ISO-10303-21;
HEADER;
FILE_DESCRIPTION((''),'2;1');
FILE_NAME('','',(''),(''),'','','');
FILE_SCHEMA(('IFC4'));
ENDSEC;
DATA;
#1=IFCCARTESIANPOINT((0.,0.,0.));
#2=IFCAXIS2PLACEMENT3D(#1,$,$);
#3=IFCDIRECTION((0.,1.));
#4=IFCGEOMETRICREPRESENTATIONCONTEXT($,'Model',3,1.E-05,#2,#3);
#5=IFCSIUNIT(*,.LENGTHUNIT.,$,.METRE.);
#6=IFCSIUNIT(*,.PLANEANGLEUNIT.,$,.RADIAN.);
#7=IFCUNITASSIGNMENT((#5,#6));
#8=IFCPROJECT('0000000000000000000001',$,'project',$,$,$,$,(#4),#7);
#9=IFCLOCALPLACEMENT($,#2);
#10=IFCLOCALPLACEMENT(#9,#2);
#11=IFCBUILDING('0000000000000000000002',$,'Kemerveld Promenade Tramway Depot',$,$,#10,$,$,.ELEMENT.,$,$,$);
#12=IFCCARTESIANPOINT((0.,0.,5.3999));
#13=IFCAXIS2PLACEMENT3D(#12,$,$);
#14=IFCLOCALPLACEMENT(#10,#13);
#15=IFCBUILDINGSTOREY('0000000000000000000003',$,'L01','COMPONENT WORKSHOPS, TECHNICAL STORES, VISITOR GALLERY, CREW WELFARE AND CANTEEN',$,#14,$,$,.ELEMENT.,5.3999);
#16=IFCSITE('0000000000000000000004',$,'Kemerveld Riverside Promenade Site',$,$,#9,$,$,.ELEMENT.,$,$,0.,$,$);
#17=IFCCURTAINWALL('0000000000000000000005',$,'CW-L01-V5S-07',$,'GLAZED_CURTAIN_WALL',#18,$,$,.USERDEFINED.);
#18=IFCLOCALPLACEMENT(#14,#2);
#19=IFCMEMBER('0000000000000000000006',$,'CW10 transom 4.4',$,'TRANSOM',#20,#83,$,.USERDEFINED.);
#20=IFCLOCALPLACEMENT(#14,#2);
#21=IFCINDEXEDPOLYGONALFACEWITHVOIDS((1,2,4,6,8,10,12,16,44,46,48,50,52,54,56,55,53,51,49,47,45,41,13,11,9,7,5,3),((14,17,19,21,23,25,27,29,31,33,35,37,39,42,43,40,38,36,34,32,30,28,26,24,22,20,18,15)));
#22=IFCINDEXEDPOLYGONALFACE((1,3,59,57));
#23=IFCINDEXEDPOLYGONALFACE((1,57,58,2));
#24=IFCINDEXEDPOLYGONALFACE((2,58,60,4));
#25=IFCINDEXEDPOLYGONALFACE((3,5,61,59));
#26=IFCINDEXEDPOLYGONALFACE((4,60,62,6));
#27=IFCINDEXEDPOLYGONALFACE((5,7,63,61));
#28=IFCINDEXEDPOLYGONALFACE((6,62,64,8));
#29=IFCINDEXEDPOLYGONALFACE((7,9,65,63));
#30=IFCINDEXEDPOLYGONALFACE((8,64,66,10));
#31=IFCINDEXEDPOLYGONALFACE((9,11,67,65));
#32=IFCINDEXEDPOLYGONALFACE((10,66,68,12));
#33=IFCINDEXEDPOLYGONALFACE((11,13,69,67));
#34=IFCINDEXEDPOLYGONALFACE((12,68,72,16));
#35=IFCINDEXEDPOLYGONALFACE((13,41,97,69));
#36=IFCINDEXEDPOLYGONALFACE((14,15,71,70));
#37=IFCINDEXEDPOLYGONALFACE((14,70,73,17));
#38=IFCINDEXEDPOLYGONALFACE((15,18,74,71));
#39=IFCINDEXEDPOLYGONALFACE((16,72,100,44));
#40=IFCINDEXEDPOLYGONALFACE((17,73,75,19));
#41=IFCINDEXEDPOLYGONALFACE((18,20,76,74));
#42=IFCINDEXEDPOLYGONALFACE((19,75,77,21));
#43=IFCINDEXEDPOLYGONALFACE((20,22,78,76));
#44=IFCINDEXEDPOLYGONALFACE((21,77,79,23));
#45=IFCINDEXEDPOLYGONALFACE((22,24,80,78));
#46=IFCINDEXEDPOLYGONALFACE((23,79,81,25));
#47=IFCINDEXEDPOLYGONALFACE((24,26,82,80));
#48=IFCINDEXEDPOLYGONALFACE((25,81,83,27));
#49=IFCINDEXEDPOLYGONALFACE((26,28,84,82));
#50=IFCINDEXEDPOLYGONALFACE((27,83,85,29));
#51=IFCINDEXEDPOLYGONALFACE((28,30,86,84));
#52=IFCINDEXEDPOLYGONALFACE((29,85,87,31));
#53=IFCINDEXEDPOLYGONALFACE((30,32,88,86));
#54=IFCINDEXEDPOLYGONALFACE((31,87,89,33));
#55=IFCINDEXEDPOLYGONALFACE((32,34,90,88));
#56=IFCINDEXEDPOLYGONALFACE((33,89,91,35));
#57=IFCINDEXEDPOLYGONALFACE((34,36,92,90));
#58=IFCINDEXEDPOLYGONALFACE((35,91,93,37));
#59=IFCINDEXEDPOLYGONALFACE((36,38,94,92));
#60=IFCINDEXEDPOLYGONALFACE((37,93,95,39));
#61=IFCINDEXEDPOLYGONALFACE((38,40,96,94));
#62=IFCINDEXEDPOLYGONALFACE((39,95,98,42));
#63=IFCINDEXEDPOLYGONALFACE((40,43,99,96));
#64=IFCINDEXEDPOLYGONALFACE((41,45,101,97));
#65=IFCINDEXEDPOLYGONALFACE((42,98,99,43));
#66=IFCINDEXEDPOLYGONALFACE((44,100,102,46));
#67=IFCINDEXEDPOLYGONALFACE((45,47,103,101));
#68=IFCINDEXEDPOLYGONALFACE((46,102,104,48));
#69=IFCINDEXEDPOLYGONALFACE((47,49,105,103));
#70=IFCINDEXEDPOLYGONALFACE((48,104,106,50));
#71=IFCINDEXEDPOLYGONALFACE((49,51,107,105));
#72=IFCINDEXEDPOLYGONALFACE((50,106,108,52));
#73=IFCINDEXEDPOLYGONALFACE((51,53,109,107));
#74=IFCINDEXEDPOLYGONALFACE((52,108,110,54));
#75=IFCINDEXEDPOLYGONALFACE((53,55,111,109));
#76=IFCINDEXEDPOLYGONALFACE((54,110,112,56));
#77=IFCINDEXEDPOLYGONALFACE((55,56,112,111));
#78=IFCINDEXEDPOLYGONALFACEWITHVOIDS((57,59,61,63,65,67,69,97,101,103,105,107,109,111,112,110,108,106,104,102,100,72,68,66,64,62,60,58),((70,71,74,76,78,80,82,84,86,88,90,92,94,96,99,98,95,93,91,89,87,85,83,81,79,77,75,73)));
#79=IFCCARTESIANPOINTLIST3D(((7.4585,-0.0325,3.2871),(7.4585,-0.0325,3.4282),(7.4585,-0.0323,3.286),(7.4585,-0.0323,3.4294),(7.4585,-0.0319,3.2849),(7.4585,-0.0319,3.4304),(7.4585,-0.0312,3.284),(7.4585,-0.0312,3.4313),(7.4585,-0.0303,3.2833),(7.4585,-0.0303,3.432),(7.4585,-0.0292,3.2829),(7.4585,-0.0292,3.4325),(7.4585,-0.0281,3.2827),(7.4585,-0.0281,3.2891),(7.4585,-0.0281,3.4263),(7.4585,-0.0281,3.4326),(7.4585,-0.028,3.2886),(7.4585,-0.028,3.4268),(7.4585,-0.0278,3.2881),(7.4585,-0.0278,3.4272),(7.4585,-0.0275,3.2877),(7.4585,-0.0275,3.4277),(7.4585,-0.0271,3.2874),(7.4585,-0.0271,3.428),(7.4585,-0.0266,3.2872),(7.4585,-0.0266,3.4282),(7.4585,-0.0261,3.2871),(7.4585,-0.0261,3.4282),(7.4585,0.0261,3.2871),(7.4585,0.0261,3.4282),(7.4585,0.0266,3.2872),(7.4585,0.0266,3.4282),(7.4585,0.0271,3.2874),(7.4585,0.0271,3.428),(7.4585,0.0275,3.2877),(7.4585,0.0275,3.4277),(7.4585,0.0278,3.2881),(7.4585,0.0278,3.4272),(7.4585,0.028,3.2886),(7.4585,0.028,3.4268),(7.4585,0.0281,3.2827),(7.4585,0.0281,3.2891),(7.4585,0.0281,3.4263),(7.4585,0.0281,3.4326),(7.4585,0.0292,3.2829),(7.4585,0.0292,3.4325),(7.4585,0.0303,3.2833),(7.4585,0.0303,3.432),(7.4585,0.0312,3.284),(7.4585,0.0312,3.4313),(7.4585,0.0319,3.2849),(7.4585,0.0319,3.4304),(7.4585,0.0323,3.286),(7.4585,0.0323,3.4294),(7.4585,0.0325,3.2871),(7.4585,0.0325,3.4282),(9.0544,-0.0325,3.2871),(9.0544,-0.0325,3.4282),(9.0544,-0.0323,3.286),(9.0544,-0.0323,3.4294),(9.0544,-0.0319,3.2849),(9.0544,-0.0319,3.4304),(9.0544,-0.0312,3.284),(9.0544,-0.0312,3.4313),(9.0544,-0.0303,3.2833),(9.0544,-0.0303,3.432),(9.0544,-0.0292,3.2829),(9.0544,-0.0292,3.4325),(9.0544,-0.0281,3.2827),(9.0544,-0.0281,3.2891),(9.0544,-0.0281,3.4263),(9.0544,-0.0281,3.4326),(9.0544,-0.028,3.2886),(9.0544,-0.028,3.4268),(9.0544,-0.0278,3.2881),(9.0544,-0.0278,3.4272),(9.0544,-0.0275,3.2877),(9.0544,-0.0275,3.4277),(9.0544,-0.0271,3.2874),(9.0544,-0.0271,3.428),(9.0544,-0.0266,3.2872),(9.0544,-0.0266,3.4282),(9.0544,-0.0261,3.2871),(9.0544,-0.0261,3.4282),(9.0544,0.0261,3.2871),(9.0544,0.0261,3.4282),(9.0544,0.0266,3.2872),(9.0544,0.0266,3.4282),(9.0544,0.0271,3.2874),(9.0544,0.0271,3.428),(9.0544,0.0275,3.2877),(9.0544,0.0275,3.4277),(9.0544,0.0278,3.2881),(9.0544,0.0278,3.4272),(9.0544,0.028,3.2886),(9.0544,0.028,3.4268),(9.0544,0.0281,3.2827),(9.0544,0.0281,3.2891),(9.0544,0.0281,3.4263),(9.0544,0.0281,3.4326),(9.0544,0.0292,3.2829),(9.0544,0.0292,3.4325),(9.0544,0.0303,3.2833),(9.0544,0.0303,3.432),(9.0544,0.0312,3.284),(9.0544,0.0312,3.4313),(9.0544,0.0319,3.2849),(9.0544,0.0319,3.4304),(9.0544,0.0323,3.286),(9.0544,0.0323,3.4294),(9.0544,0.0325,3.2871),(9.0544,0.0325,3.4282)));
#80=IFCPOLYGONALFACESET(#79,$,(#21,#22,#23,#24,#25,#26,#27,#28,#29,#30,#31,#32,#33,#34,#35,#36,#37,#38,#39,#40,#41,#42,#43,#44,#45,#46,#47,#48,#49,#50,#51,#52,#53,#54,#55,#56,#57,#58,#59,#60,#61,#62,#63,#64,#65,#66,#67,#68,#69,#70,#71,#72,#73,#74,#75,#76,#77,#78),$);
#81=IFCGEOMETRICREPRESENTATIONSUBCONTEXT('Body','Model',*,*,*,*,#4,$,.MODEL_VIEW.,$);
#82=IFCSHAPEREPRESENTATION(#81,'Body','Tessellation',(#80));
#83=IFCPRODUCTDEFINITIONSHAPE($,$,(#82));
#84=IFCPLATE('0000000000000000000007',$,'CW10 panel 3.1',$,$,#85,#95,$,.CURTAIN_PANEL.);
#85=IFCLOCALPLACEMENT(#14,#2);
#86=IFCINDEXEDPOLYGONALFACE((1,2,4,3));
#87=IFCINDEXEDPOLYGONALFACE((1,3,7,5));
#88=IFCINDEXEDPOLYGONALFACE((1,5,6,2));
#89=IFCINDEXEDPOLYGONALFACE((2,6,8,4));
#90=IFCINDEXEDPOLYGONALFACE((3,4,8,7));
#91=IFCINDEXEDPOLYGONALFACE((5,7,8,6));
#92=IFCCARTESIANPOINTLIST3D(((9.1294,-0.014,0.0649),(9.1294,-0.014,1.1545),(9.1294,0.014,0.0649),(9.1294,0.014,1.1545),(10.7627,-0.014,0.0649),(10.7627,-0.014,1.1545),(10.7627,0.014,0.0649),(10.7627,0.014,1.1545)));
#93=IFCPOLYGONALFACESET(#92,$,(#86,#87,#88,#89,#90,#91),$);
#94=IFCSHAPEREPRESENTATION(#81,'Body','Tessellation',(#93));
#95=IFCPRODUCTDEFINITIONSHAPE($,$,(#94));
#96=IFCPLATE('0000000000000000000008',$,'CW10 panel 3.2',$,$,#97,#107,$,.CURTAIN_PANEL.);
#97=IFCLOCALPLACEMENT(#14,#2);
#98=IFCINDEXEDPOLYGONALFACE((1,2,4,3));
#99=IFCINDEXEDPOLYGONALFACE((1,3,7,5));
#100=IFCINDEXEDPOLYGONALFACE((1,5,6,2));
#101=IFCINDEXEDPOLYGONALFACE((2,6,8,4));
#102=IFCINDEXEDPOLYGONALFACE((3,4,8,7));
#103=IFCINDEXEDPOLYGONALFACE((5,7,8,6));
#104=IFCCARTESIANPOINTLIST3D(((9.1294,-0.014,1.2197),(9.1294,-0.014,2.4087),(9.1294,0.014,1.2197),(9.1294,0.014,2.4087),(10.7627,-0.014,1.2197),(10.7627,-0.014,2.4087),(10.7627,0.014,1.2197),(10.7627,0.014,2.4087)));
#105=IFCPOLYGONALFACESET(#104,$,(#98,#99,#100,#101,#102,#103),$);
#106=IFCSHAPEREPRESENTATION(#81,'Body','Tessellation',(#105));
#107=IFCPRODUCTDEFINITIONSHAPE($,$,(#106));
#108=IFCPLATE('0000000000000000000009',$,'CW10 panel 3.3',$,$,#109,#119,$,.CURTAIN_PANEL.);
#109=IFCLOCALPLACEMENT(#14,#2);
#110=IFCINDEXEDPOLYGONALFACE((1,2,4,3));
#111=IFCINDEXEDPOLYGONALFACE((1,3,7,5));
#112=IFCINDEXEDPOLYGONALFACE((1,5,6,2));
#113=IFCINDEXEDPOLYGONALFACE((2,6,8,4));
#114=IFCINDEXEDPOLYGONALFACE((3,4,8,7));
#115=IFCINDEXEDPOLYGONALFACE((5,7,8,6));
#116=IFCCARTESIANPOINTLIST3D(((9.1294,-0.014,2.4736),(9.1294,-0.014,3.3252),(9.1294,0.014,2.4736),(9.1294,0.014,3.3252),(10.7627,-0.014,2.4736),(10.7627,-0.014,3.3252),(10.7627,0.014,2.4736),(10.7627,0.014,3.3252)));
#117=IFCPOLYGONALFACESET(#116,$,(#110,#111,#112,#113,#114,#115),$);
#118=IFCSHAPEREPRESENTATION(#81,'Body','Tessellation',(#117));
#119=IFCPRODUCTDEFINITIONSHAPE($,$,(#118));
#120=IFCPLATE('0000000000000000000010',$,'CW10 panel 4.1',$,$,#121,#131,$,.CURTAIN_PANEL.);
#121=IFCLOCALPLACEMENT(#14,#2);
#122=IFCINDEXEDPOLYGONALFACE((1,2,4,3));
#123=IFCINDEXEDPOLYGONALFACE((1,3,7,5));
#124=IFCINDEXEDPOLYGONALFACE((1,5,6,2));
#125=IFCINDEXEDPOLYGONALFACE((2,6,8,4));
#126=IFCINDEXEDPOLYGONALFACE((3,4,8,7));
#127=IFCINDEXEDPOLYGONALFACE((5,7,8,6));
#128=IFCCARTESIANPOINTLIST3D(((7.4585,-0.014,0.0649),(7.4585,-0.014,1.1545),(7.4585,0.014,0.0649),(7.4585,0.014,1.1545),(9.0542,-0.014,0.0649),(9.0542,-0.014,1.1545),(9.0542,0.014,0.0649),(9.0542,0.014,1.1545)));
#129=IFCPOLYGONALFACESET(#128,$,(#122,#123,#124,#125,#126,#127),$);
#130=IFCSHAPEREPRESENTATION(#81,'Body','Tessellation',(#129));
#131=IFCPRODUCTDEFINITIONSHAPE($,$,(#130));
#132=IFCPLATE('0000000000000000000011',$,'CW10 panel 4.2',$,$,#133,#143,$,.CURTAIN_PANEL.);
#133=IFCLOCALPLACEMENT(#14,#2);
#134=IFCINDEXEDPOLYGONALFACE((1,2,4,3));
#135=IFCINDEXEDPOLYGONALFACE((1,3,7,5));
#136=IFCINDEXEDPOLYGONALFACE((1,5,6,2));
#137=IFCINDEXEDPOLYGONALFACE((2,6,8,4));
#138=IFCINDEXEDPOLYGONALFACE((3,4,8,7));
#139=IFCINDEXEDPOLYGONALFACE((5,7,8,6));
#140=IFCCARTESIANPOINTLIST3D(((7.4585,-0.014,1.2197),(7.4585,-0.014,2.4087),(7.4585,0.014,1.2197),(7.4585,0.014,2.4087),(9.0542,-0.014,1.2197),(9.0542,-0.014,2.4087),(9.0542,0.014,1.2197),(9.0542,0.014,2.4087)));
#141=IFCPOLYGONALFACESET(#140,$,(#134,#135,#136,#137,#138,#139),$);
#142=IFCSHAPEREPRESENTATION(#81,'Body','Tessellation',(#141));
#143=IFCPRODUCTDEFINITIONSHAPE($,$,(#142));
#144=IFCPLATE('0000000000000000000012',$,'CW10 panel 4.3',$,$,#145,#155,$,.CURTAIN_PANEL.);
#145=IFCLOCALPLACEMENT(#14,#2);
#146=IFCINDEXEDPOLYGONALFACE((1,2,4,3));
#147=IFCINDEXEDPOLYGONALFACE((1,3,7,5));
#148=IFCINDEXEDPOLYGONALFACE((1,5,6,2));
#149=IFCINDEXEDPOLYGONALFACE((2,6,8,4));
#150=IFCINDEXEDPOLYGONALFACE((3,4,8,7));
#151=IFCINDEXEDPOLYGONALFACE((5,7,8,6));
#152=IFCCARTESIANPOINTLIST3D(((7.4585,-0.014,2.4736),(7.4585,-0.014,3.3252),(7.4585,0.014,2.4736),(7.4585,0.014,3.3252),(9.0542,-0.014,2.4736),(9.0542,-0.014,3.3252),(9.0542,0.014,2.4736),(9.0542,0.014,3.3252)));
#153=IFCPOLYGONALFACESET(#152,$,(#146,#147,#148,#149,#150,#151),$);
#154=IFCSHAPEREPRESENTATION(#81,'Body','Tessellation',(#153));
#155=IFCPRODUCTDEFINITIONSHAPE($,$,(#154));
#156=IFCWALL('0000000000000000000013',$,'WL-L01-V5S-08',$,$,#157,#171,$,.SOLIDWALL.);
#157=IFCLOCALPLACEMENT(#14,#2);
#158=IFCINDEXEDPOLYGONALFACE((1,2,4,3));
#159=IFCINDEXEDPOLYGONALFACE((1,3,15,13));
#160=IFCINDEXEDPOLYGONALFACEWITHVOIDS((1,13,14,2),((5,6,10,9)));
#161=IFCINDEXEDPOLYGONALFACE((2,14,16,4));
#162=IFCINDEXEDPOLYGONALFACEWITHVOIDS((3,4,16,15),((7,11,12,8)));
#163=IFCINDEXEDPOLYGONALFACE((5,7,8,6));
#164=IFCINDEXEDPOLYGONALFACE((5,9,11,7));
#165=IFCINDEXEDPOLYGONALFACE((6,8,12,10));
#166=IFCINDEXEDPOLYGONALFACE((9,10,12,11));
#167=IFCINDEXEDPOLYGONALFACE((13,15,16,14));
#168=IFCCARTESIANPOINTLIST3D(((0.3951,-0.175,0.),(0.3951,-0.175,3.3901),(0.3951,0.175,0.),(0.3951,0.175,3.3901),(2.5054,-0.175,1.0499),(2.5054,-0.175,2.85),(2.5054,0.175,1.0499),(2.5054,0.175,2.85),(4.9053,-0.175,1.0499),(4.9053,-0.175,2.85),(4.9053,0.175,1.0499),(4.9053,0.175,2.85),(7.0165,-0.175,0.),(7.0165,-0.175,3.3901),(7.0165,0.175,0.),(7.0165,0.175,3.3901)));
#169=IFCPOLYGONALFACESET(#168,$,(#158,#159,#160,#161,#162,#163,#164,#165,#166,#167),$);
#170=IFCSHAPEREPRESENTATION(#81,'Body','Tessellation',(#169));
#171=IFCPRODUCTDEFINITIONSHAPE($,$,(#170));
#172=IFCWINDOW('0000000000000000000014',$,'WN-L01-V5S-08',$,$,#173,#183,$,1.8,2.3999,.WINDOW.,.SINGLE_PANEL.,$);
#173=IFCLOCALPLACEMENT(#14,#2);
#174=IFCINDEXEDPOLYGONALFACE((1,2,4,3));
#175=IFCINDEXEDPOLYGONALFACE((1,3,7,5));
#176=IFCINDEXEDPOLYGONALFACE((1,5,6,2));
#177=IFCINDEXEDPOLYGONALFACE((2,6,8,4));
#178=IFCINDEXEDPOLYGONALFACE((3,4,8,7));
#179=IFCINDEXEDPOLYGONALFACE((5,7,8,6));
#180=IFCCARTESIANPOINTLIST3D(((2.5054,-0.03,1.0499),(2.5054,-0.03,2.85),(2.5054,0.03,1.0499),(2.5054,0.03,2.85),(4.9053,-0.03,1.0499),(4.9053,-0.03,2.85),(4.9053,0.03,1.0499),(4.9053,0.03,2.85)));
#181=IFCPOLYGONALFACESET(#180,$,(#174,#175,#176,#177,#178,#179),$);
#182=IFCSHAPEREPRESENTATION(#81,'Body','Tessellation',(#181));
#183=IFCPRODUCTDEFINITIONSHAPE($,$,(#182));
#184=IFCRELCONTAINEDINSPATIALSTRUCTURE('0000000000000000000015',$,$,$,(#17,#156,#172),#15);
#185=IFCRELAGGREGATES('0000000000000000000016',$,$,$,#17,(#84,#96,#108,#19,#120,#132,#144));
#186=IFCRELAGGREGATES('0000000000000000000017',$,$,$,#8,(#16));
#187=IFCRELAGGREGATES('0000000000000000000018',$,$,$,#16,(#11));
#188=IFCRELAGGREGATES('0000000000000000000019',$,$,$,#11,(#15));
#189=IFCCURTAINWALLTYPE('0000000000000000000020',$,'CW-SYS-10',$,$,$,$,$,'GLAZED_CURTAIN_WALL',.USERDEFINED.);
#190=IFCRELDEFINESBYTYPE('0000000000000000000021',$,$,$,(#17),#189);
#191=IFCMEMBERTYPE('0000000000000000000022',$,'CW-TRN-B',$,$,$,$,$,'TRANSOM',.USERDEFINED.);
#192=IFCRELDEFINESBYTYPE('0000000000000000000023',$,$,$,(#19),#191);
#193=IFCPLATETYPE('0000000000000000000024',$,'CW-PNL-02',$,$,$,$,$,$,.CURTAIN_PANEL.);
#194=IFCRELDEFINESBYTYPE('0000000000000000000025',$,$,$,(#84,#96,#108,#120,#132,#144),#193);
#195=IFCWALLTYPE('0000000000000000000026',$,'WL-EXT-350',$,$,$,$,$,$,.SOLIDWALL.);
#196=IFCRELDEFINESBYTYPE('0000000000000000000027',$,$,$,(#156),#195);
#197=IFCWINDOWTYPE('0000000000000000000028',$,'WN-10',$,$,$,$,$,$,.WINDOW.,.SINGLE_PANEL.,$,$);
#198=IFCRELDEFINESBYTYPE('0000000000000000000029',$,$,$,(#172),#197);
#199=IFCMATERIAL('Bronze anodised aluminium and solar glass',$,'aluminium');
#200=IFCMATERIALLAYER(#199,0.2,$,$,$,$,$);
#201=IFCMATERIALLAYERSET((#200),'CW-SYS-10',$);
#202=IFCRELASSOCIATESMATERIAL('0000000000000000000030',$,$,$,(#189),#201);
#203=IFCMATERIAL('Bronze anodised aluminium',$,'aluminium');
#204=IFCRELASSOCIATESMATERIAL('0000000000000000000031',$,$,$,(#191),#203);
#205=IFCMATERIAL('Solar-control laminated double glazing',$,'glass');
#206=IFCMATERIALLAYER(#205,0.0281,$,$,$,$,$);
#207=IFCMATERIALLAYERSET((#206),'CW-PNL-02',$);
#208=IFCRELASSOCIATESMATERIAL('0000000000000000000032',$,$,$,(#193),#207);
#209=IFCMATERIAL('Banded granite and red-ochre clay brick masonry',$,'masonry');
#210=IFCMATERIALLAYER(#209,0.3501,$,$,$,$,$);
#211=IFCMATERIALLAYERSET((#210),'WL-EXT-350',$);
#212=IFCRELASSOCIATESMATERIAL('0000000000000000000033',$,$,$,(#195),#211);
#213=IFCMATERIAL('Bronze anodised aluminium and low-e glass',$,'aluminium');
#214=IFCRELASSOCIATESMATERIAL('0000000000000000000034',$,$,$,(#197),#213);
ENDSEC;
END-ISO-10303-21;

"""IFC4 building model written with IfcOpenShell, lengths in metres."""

from ifc_helpers import new_model, si_unit, direction, frame, frame_2d, origin, origin_2d, place, context, subcontext, project, spatial, rectangle, hollow_rectangle, extrude, material, layer, layer_set, material_profile, profile_set, type_object, element, fill, aggregate, save


model = new_model("IFC4")

# Units and contexts
model_context = context("Model", 3, precision=1e-05, world=origin(), true_north=direction((0.0, 1.0)))
body_context = subcontext(model_context, "Body", "Model", "MODEL_VIEW")
ifc_project = project(units=[si_unit("LENGTHUNIT", "METRE"), si_unit("PLANEANGLEUNIT", "RADIAN")], contexts=[model_context])

# Site, building, storey
site_placement = place(None, origin())
site = spatial("IfcSite", under=ifc_project, at=site_placement, Name="Kemerveld Riverside Promenade Site", CompositionType="ELEMENT", RefElevation=0.0)
building_placement = place(site_placement, origin())
building = spatial("IfcBuilding", under=site, at=building_placement, Name="Kemerveld Promenade Tramway Depot", CompositionType="ELEMENT")
storey_placement = place(building_placement, frame((0.0, 0.0, 5.3999)))
storey = spatial("IfcBuildingStorey", under=building, at=storey_placement, Name="L01", Description="COMPONENT WORKSHOPS, TECHNICAL STORES, VISITOR GALLERY, CREW WELFARE AND CANTEEN", CompositionType="ELEMENT", Elevation=5.3999)

# Curtain wall, member, plates
ifc_material_1 = material(Name="Bronze anodised aluminium and solar glass", Category="aluminium")
ifc_layer_1 = layer(ifc_material_1, 0.2)
ifc_layer_set_1 = layer_set([ifc_layer_1], Name="CW-SYS-10")
curtain_wall_type = type_object("IfcCurtainWallType", Name="CW-SYS-10", ElementType="GLAZED_CURTAIN_WALL", PredefinedType="USERDEFINED", material=ifc_layer_set_1)
curtain_wall_placement = place(storey_placement, origin())
curtain_wall = element("IfcCurtainWall", 1, at=curtain_wall_placement, inside=storey, type_object=curtain_wall_type, Name="CW-L01-V5S-07", ObjectType="GLAZED_CURTAIN_WALL", PredefinedType="USERDEFINED")
ifc_material_2 = material(Name="Bronze anodised aluminium", Category="aluminium")
ifc_material_profile_1 = material_profile(ifc_material_2, hollow_rectangle(XDim=0.0649, YDim=0.1499, WallThickness=0.0044, InnerFilletRadius=0.002, OuterFilletRadius=0.0044, at=origin_2d()), Name="CW-TRN-150x65")
ifc_profile_set_1 = profile_set([ifc_material_profile_1], Name="Bronze anodised aluminium")
member_type_1 = type_object("IfcMemberType", Name="CW-TRN-B", ElementType="TRANSOM", PredefinedType="USERDEFINED", material=ifc_profile_set_1)
member_1_placement = place(storey_placement, frame((9.0544, 0.0, 3.3577), z_axis=(-1.0, 0.0, 0.0), x_axis=(0.0, -1.0, 0.0)))
member_1 = element("IfcMember", 2, at=member_1_placement, type_object=member_type_1, Name="CW10 transom 4.4", ObjectType="TRANSOM", PredefinedType="USERDEFINED", context=body_context, shape_type="SweptSolid", body=[
    extrude(hollow_rectangle(XDim=0.0649, YDim=0.1499, WallThickness=0.0044, InnerFilletRadius=0.002, OuterFilletRadius=0.0044, at=origin_2d()), origin(), (0.0, 0.0, 1.0), 1.5959),
])
ifc_material_3 = material(Name="Solar-control laminated double glazing", Category="glass")
ifc_layer_2 = layer(ifc_material_3, 0.0281)
ifc_layer_set_2 = layer_set([ifc_layer_2], Name="CW-PNL-02")
plate_type = type_object("IfcPlateType", Name="CW-PNL-02", PredefinedType="CURTAIN_PANEL", material=ifc_layer_set_2)
plate_1_placement = place(storey_placement, frame((9.946, 0.0, 0.0649), z_axis=(0.0, 0.0, 1.0), x_axis=(-1.0, 0.0, 0.0)))
plate_1 = element("IfcPlate", 3, at=plate_1_placement, type_object=plate_type, Name="CW10 panel 3.1", PredefinedType="CURTAIN_PANEL", context=body_context, shape_type="SweptSolid", body=[
    extrude(rectangle(XDim=1.6333, YDim=0.0281, at=origin_2d()), origin(), (0.0, 0.0, 1.0), 1.0896),
])
plate_2_placement = place(storey_placement, frame((9.946, 0.0, 1.2197), z_axis=(0.0, 0.0, 1.0), x_axis=(-1.0, 0.0, 0.0)))
plate_2 = element("IfcPlate", 4, at=plate_2_placement, type_object=plate_type, Name="CW10 panel 3.2", PredefinedType="CURTAIN_PANEL", context=body_context, shape_type="SweptSolid", body=[
    extrude(rectangle(XDim=1.6333, YDim=0.0281, at=origin_2d()), origin(), (0.0, 0.0, 1.0), 1.189),
])
plate_3_placement = place(storey_placement, frame((9.946, 0.0, 2.4736), z_axis=(0.0, 0.0, 1.0), x_axis=(-1.0, 0.0, 0.0)))
plate_3 = element("IfcPlate", 5, at=plate_3_placement, type_object=plate_type, Name="CW10 panel 3.3", PredefinedType="CURTAIN_PANEL", context=body_context, shape_type="SweptSolid", body=[
    extrude(rectangle(XDim=1.6333, YDim=0.0281, at=origin_2d()), origin(), (0.0, 0.0, 1.0), 0.8516),
])
plate_4_placement = place(storey_placement, frame((8.2563, 0.0, 0.0649), z_axis=(0.0, 0.0, 1.0), x_axis=(-1.0, 0.0, 0.0)))
plate_4 = element("IfcPlate", 6, at=plate_4_placement, type_object=plate_type, Name="CW10 panel 4.1", PredefinedType="CURTAIN_PANEL", context=body_context, shape_type="SweptSolid", body=[
    extrude(rectangle(XDim=1.5957, YDim=0.0281, at=origin_2d()), origin(), (0.0, 0.0, 1.0), 1.0896),
])
plate_5_placement = place(storey_placement, frame((8.2563, 0.0, 1.2197), z_axis=(0.0, 0.0, 1.0), x_axis=(-1.0, 0.0, 0.0)))
plate_5 = element("IfcPlate", 7, at=plate_5_placement, type_object=plate_type, Name="CW10 panel 4.2", PredefinedType="CURTAIN_PANEL", context=body_context, shape_type="SweptSolid", body=[
    extrude(rectangle(XDim=1.5957, YDim=0.0281, at=origin_2d()), origin(), (0.0, 0.0, 1.0), 1.189),
])
plate_6_placement = place(storey_placement, frame((8.2563, 0.0, 2.4736), z_axis=(0.0, 0.0, 1.0), x_axis=(-1.0, 0.0, 0.0)))
plate_6 = element("IfcPlate", 8, at=plate_6_placement, type_object=plate_type, Name="CW10 panel 4.3", PredefinedType="CURTAIN_PANEL", context=body_context, shape_type="SweptSolid", body=[
    extrude(rectangle(XDim=1.5957, YDim=0.0281, at=origin_2d()), origin(), (0.0, 0.0, 1.0), 0.8516),
])
aggregate(curtain_wall, [plate_1, plate_2, plate_3, member_1, plate_4, plate_5, plate_6])

# Wall, opening, window
ifc_material_4 = material(Name="Banded granite and red-ochre clay brick masonry", Category="masonry")
ifc_layer_3 = layer(ifc_material_4, 0.3501)
ifc_layer_set_3 = layer_set([ifc_layer_3], Name="WL-EXT-350")
wall_type = type_object("IfcWallType", Name="WL-EXT-350", PredefinedType="SOLIDWALL", material=ifc_layer_set_3)
wall_placement = place(storey_placement, frame((7.0164, 0.0, 0.0), z_axis=(0.0, 0.0, 1.0), x_axis=(-1.0, 0.0, 0.0)))
wall = element("IfcWall", 9, at=wall_placement, inside=storey, type_object=wall_type, Name="WL-L01-V5S-08", PredefinedType="SOLIDWALL", context=body_context, shape_type="SweptSolid", body=[
    extrude(rectangle(XDim=6.6213, YDim=0.3501, at=frame_2d((3.3105, 0.0))), origin(), (0.0, 0.0, 1.0), 3.3901),
])
opening_placement = place(wall_placement, frame((2.1111, 0.0, 1.05)))
opening = element("IfcOpeningElement", 10, at=opening_placement, cuts=wall, PredefinedType="OPENING", context=body_context, shape_type="SweptSolid", body=[
    extrude(rectangle(XDim=2.3999, YDim=1.8, at=frame_2d((1.2, 0.8999))), frame((0.0, 0.1851, 0.0), z_axis=(0.0, -1.0, 0.0), x_axis=(1.0, 0.0, 0.0)), (0.0, 0.0, 1.0), 0.3701),
])
ifc_material_5 = material(Name="Bronze anodised aluminium and low-e glass", Category="aluminium")
window_type = type_object("IfcWindowType", Name="WN-10", PartitioningType="SINGLE_PANEL", PredefinedType="WINDOW", material=ifc_material_5)
window_placement = place(opening_placement, origin())
window = element("IfcWindow", 11, at=window_placement, inside=storey, type_object=window_type, Name="WN-L01-V5S-08", OverallHeight=1.8, OverallWidth=2.3999, PartitioningType="SINGLE_PANEL", PredefinedType="WINDOW", context=body_context, shape_type="SweptSolid", body=[
    extrude(rectangle(XDim=2.3999, YDim=1.8, at=frame_2d((1.2, 0.8999))), frame((0.0, 0.03, 0.0), z_axis=(0.0, -1.0, 0.0), x_axis=(1.0, 0.0, 0.0)), (0.0, 0.0, 1.0), 0.0601),
])
fill(opening, window)

save(model, "model.ifc")
